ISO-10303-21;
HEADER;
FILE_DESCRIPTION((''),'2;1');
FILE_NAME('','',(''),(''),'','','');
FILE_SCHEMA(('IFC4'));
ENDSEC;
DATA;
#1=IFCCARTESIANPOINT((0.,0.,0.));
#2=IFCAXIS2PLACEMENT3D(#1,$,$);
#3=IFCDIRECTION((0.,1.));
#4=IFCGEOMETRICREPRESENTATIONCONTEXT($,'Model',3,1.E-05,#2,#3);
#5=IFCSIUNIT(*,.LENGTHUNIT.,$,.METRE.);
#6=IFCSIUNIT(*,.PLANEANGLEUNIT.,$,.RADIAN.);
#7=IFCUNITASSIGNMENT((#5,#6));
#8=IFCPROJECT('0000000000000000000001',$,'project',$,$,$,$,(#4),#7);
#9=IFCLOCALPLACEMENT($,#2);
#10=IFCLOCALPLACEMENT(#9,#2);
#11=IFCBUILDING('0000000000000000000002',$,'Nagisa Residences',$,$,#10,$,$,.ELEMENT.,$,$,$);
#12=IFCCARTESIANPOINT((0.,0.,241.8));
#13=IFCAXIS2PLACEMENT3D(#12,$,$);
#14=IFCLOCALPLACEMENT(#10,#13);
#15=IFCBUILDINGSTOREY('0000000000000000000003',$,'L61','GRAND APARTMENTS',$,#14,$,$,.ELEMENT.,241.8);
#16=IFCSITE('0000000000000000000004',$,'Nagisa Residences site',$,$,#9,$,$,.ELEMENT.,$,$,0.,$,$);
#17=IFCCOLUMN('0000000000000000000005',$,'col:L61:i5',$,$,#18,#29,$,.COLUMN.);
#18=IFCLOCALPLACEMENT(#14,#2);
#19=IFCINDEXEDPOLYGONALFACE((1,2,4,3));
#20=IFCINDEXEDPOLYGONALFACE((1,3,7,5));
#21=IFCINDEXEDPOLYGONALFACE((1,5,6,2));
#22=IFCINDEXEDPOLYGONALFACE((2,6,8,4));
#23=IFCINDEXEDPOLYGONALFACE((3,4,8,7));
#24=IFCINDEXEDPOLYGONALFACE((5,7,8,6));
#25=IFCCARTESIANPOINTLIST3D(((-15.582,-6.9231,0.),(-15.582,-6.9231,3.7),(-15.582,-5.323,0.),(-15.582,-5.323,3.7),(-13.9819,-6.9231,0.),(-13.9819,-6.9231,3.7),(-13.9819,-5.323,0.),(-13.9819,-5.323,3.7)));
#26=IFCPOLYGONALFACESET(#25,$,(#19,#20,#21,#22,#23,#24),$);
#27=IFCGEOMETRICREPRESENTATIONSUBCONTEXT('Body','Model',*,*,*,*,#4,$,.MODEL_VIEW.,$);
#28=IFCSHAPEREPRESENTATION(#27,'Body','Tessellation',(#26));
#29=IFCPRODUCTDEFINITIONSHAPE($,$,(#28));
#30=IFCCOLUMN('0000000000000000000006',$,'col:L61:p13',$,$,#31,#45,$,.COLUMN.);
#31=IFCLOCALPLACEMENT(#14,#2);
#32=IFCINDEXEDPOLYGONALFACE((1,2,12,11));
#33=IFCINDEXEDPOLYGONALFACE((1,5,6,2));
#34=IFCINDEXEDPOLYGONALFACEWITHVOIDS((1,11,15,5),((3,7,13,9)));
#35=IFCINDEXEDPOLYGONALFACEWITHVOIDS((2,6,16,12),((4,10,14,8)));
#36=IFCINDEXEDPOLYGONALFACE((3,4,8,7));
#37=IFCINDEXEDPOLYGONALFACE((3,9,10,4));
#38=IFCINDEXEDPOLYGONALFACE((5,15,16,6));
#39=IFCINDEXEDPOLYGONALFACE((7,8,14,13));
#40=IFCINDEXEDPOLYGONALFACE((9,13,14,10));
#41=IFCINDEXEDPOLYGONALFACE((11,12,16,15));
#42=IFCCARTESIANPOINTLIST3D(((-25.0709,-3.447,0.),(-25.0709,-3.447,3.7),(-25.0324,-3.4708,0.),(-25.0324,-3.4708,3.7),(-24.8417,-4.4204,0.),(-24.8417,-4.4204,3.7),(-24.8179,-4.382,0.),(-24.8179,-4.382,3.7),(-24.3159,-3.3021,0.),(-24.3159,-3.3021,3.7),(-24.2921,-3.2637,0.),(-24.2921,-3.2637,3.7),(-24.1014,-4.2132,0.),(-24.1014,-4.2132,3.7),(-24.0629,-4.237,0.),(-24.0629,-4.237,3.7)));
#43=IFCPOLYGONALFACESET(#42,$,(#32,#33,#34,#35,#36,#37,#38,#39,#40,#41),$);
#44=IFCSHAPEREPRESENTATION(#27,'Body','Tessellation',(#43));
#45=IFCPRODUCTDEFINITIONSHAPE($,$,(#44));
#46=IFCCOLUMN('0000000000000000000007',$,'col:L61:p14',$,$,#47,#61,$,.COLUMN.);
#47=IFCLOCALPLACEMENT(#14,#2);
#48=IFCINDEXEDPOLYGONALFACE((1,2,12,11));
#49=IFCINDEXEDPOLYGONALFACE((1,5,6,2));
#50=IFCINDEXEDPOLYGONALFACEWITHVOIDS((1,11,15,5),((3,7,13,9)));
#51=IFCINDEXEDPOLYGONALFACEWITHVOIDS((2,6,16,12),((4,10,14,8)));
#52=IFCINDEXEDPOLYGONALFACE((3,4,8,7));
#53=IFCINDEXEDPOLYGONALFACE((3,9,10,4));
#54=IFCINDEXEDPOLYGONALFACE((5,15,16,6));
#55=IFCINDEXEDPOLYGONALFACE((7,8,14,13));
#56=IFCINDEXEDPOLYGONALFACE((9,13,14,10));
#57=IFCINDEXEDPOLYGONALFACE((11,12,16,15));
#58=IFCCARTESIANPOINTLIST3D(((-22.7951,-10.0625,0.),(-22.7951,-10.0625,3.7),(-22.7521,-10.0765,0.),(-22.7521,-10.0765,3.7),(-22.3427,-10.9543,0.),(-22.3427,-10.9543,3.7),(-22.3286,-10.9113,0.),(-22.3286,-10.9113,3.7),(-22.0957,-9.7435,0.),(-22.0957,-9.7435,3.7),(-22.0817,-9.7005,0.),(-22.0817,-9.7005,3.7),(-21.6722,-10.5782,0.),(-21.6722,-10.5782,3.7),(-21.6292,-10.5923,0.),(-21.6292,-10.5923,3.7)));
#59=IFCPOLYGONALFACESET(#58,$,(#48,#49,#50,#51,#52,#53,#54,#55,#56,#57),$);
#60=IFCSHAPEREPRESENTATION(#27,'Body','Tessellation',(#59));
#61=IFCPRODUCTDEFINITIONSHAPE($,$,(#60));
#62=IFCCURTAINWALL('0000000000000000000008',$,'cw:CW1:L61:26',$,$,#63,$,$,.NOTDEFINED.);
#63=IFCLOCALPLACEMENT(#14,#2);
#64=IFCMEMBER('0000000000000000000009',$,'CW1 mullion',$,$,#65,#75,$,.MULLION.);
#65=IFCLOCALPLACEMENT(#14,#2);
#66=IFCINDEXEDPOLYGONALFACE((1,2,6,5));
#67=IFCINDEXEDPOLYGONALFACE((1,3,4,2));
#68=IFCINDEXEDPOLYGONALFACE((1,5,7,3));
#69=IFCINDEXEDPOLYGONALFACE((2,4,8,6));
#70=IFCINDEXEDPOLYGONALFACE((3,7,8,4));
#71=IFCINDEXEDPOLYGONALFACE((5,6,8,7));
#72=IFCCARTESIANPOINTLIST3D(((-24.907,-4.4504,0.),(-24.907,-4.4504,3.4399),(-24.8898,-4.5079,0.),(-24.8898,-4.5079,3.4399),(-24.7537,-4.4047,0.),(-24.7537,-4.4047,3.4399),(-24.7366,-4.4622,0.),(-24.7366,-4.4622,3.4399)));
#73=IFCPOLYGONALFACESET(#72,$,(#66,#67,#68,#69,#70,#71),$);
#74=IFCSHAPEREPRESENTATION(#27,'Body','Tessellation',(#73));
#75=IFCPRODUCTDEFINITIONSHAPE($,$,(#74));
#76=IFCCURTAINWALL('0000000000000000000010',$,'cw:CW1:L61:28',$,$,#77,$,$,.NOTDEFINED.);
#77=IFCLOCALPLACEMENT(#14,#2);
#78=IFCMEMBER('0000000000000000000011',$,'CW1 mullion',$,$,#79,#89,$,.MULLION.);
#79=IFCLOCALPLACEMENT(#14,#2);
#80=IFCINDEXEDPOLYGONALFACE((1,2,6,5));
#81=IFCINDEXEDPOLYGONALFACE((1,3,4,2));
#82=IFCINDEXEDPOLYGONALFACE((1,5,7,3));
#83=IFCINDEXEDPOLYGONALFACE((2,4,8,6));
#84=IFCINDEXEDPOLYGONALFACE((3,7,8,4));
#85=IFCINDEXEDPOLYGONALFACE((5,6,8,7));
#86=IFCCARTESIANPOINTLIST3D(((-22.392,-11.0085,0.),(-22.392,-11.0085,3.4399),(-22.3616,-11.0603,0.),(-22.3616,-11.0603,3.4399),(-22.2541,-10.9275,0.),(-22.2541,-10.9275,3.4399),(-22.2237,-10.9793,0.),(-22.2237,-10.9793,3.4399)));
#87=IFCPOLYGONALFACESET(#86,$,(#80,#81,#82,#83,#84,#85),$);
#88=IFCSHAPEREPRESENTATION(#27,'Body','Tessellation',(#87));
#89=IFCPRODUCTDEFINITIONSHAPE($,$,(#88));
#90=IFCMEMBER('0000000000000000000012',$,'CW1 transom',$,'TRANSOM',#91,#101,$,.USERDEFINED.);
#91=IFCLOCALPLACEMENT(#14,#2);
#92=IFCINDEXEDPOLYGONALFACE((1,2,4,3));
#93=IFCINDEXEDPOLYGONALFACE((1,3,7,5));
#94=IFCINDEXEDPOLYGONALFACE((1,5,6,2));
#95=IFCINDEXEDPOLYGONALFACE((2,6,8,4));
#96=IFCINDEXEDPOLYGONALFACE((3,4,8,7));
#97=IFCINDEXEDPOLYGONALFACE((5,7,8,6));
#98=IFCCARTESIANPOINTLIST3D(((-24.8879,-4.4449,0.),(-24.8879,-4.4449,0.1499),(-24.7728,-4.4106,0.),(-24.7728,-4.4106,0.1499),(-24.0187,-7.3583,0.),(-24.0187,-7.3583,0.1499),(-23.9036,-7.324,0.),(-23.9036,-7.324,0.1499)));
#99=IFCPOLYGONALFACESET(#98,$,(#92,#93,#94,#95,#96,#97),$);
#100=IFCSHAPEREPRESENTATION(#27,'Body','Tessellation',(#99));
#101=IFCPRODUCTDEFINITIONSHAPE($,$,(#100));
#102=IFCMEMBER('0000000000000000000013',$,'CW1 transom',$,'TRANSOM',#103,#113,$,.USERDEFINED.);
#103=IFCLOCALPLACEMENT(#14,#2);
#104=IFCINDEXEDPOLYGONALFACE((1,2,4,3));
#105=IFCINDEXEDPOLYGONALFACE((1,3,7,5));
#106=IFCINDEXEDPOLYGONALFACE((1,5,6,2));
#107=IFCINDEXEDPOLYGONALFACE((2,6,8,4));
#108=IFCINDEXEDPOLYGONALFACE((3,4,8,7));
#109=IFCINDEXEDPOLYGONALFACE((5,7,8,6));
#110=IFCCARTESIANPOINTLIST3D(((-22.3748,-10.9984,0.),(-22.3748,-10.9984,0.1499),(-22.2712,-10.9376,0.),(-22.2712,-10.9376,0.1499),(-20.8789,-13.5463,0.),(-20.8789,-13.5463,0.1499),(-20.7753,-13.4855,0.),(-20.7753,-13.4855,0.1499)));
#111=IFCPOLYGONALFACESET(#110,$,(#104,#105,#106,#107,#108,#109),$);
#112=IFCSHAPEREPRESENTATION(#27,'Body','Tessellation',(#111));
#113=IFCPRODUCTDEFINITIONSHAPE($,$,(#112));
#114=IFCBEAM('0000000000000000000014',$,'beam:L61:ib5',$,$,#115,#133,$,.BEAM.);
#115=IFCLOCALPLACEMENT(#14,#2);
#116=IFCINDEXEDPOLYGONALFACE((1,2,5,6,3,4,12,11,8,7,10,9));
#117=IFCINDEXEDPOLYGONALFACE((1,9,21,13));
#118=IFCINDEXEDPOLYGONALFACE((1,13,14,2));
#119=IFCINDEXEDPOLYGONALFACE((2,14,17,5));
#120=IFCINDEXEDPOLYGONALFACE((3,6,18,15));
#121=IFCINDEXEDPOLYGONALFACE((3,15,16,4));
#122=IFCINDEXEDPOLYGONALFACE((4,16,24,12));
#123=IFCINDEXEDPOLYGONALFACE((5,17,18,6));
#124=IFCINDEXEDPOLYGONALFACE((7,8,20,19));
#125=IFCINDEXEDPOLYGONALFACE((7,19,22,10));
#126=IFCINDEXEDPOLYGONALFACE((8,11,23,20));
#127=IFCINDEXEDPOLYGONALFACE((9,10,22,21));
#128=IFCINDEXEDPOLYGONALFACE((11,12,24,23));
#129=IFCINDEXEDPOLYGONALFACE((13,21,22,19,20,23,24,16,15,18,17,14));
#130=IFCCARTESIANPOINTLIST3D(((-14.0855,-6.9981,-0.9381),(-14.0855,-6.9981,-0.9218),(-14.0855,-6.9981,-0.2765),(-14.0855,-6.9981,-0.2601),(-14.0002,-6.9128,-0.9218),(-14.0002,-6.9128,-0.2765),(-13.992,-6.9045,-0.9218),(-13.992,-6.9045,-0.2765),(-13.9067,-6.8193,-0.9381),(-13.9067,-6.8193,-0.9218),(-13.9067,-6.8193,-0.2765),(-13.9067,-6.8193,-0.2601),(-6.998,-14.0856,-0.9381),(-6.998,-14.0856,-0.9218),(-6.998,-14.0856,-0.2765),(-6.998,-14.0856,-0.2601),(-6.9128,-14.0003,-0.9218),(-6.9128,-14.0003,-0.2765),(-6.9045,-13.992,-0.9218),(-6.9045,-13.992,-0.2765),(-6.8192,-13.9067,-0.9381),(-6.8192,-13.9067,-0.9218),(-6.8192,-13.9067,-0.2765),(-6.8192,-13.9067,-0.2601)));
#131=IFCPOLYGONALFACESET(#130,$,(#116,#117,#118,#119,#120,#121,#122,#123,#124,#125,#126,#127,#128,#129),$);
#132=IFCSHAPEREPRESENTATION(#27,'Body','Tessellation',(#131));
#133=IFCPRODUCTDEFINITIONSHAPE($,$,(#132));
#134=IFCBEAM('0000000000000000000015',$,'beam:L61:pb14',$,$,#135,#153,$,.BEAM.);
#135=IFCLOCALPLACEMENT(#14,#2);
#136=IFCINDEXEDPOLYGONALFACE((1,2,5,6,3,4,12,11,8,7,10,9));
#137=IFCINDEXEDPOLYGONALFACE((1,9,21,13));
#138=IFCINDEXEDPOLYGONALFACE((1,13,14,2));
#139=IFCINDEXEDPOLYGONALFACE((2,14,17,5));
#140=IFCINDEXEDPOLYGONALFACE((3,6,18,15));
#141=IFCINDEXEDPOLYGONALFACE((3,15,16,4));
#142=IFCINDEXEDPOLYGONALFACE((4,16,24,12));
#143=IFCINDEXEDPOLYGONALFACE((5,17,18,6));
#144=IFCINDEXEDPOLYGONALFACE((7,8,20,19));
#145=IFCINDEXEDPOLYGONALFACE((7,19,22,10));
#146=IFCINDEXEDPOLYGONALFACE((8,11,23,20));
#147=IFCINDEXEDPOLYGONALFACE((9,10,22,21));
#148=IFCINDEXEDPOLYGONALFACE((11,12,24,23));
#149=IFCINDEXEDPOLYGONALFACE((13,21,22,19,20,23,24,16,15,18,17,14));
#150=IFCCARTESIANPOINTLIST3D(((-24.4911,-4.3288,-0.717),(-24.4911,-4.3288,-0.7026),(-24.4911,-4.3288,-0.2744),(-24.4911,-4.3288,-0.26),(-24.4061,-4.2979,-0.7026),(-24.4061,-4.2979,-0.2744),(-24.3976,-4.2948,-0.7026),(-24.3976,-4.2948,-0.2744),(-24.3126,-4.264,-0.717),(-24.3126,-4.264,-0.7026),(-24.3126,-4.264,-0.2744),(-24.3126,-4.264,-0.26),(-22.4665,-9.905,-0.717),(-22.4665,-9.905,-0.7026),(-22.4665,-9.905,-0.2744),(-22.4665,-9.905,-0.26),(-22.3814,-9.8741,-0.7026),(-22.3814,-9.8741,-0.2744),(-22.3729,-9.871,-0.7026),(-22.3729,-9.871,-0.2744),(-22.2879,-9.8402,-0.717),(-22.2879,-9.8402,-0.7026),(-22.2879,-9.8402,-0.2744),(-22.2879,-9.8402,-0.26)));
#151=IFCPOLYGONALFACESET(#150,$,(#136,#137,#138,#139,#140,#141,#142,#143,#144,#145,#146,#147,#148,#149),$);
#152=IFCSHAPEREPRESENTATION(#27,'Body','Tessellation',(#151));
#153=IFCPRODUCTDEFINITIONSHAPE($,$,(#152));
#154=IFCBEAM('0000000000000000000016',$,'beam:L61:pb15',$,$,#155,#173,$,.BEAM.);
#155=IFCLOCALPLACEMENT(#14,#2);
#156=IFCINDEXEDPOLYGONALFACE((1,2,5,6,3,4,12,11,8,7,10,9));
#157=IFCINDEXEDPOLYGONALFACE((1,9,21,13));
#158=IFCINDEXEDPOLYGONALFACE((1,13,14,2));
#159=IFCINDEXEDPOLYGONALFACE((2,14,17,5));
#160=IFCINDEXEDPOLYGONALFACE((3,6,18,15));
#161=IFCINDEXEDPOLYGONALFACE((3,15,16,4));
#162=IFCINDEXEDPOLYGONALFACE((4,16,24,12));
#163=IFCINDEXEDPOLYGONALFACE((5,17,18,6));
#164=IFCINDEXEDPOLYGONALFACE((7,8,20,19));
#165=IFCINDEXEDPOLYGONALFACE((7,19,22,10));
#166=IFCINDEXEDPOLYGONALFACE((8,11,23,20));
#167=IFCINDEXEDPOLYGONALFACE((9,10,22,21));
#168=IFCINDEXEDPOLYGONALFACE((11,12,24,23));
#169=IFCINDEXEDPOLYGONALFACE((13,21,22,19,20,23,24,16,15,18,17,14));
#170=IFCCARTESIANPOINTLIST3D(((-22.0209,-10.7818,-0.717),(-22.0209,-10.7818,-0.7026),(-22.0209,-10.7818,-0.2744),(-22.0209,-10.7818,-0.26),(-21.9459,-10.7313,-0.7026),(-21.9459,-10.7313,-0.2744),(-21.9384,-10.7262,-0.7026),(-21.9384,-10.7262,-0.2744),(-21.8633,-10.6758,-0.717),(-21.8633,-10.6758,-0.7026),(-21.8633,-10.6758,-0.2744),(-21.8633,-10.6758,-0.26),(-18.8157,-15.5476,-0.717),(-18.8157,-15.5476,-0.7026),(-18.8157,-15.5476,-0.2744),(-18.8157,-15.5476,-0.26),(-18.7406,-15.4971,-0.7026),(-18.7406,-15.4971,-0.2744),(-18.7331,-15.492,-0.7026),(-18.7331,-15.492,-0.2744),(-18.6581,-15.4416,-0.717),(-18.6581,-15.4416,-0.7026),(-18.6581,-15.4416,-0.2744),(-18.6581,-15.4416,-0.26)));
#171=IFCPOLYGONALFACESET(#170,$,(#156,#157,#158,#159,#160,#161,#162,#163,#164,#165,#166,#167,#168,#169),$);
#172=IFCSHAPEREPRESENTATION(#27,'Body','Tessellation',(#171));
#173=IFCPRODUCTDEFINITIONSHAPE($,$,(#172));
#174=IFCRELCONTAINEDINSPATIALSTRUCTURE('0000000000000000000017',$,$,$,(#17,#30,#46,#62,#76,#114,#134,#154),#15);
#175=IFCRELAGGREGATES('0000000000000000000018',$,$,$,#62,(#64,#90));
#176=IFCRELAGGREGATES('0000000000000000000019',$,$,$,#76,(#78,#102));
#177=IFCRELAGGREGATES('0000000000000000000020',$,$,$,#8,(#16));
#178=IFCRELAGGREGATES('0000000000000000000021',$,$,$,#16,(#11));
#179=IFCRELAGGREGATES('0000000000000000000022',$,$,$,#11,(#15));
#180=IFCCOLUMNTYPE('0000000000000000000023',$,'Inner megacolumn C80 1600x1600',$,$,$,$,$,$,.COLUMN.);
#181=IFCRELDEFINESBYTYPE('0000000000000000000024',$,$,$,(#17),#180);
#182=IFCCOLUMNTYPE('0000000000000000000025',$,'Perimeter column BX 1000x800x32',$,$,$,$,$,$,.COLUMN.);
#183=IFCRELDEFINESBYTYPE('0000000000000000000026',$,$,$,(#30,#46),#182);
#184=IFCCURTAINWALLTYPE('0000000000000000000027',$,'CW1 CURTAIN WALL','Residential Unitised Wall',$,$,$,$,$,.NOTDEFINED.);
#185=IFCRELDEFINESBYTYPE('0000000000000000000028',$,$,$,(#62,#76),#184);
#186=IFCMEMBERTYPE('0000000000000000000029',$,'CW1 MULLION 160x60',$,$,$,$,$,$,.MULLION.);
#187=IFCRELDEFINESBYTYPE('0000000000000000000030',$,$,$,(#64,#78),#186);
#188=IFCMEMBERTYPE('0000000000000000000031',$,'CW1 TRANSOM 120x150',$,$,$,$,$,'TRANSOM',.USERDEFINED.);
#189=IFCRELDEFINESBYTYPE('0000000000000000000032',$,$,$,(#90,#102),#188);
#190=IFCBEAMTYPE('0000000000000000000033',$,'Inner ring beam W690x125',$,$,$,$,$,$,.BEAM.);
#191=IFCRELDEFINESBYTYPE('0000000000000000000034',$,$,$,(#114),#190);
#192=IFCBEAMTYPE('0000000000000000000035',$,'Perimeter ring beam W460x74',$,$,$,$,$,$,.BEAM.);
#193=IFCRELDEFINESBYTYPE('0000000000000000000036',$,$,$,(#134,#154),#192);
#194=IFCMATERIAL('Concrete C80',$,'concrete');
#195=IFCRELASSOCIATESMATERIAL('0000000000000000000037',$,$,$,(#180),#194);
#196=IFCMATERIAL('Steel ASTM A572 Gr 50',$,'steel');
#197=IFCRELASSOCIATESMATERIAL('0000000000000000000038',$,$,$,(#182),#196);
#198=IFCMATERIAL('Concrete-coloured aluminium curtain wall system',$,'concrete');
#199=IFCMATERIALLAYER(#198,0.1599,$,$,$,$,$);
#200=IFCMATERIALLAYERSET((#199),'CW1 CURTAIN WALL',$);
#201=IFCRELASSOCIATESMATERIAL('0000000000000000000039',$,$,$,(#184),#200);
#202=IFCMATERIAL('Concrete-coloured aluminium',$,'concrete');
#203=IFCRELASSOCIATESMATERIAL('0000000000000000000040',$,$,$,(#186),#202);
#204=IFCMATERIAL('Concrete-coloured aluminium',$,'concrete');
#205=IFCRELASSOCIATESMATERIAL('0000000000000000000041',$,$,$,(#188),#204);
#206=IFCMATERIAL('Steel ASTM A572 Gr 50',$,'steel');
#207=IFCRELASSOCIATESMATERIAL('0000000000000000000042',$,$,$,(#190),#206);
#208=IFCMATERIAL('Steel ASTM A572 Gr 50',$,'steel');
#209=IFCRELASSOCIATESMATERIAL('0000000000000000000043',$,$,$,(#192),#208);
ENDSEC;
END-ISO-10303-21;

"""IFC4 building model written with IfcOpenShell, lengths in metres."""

from ifc_helpers import new_model, si_unit, direction, frame, origin, origin_2d, place, context, subcontext, project, spatial, rectangle, hollow_rectangle, i_section, extrude, material, layer, layer_set, material_profile, profile_set, type_object, element, aggregate, save


model = new_model("IFC4")

# Units and contexts
model_context = context("Model", 3, precision=1e-05, world=origin(), true_north=direction((0.0, 1.0)))
body_context = subcontext(model_context, "Body", "Model", "MODEL_VIEW")
ifc_project = project(units=[si_unit("LENGTHUNIT", "METRE"), si_unit("PLANEANGLEUNIT", "RADIAN")], contexts=[model_context])

# Site, building, storey
site_placement = place(None, origin())
site = spatial("IfcSite", under=ifc_project, at=site_placement, Name="Nagisa Residences site", CompositionType="ELEMENT", RefElevation=0.0)
building_placement = place(site_placement, origin())
building = spatial("IfcBuilding", under=site, at=building_placement, Name="Nagisa Residences", CompositionType="ELEMENT")
storey_placement = place(building_placement, frame((0.0, 0.0, 241.8)))
storey = spatial("IfcBuildingStorey", under=building, at=storey_placement, Name="L61", Description="GRAND APARTMENTS", CompositionType="ELEMENT", Elevation=241.8)

# Columns
ifc_material_1 = material(Name="Concrete C80", Category="concrete")
ifc_material_profile_1 = material_profile(ifc_material_1, rectangle(XDim=1.6001, YDim=1.6001, at=origin_2d()), Name="C80 1600x1600")
ifc_profile_set_1 = profile_set([ifc_material_profile_1], Name="Concrete C80")
column_type_1 = type_object("IfcColumnType", Name="Inner megacolumn C80 1600x1600", PredefinedType="COLUMN", material=ifc_profile_set_1)
column_placement = place(storey_placement, frame((-14.782, -6.123, 0.0), z_axis=(0.0, 0.0, 1.0), x_axis=(1.0, 0.0, 0.0)))
element("IfcColumn", 1, at=column_placement, inside=storey, type_object=column_type_1, Name="col:L61:i5", PredefinedType="COLUMN", context=body_context, shape_type="SweptSolid", body=[
    extrude(rectangle(XDim=1.6001, YDim=1.6001, at=origin_2d()), origin(), (0.0, 0.0, 1.0), 3.7),
])
ifc_material_2 = material(Name="Steel ASTM A572 Gr 50", Category="steel")
ifc_material_profile_2 = material_profile(ifc_material_2, hollow_rectangle(XDim=1.0, YDim=0.8, WallThickness=0.032, at=origin_2d()), Name="BX 1000x800x32")
ifc_profile_set_2 = profile_set([ifc_material_profile_2], Name="Steel ASTM A572 Gr 50")
column_type_2 = type_object("IfcColumnType", Name="Perimeter column BX 1000x800x32", PredefinedType="COLUMN", material=ifc_profile_set_2)
for number, where, z_axis, x_axis, name in (
    (2, (-24.5669, -3.842, 0.0), (0.0, 0.0, 1.0), (0.229202, -0.973379, 0.0), "col:L61:p13"),
    (3, (-22.2122, -10.3274, 0.0), (0.0, 0.0, 1.0), (0.452463, -0.891783, 0.0), "col:L61:p14"),
):
    element("IfcColumn", number, at=place(storey_placement, frame(where, z_axis=z_axis, x_axis=x_axis)), inside=storey, type_object=column_type_2, Name=name, PredefinedType="COLUMN", context=body_context, shape_type="SweptSolid", body=[
        extrude(hollow_rectangle(XDim=1.0, YDim=0.8, WallThickness=0.032, at=origin_2d()), origin(), (0.0, 0.0, 1.0), 3.7),
    ])

# Curtain walls, members
ifc_material_3 = material(Name="Concrete-coloured aluminium curtain wall system", Category="concrete")
ifc_layer_1 = layer(ifc_material_3, 0.1599)
ifc_layer_set_1 = layer_set([ifc_layer_1], Name="CW1 CURTAIN WALL")
curtain_wall_type = type_object("IfcCurtainWallType", Name="CW1 CURTAIN WALL", Description="Residential Unitised Wall", PredefinedType="NOTDEFINED", material=ifc_layer_set_1)
curtain_wall_1_placement = place(storey_placement, origin())
curtain_wall_1 = element("IfcCurtainWall", 4, at=curtain_wall_1_placement, inside=storey, type_object=curtain_wall_type, Name="cw:CW1:L61:26", PredefinedType="NOTDEFINED")
ifc_material_4 = material(Name="Concrete-coloured aluminium", Category="concrete")
ifc_material_profile_3 = material_profile(ifc_material_4, rectangle(XDim=0.1599, YDim=0.0601, at=origin_2d()), Name="CW1 MULLION 160x60")
ifc_profile_set_3 = profile_set([ifc_material_profile_3], Name="Concrete-coloured aluminium")
member_type_1 = type_object("IfcMemberType", Name="CW1 MULLION 160x60", PredefinedType="MULLION", material=ifc_profile_set_3)
member_1_placement = place(storey_placement, frame((-24.8218, -4.4563, 0.0), z_axis=(0.0, 0.0, 1.0), x_axis=(0.958271, 0.28586, 0.0)))
member_1 = element("IfcMember", 5, at=member_1_placement, type_object=member_type_1, Name="CW1 mullion", PredefinedType="MULLION", context=body_context, shape_type="SweptSolid", body=[
    extrude(rectangle(XDim=0.1599, YDim=0.0601, at=origin_2d()), origin(), (0.0, 0.0, 1.0), 3.4399),
])
curtain_wall_2_placement = place(storey_placement, origin())
curtain_wall_2 = element("IfcCurtainWall", 6, at=curtain_wall_2_placement, inside=storey, type_object=curtain_wall_type, Name="cw:CW1:L61:28", PredefinedType="NOTDEFINED")
member_2_placement = place(storey_placement, frame((-22.3079, -10.9939, 0.0), z_axis=(0.0, 0.0, 1.0), x_axis=(0.862329, 0.506349, 0.0)))
member_2 = element("IfcMember", 7, at=member_2_placement, type_object=member_type_1, Name="CW1 mullion", PredefinedType="MULLION", context=body_context, shape_type="SweptSolid", body=[
    extrude(rectangle(XDim=0.1599, YDim=0.0601, at=origin_2d()), origin(), (0.0, 0.0, 1.0), 3.4399),
])

# Members
ifc_material_5 = material(Name="Concrete-coloured aluminium", Category="concrete")
ifc_material_profile_4 = material_profile(ifc_material_5, rectangle(XDim=0.1201, YDim=0.1499, at=origin_2d()), Name="CW1 TRANSOM 120x150")
ifc_profile_set_4 = profile_set([ifc_material_profile_4], Name="Concrete-coloured aluminium")
member_type_2 = type_object("IfcMemberType", Name="CW1 TRANSOM 120x150", ElementType="TRANSOM", PredefinedType="USERDEFINED", material=ifc_profile_set_4)
member_3_placement = place(storey_placement, frame((-24.8303, -4.4277, 0.075), z_axis=(0.285881, -0.958265, 0.0), x_axis=(0.958265, 0.285881, 0.0)))
member_3 = element("IfcMember", 8, at=member_3_placement, type_object=member_type_2, Name="CW1 transom", ObjectType="TRANSOM", PredefinedType="USERDEFINED", context=body_context, shape_type="SweptSolid", body=[
    extrude(rectangle(XDim=0.1201, YDim=0.1499, at=origin_2d()), origin(), (0.0, 0.0, 1.0), 3.0403),
])
member_4_placement = place(storey_placement, frame((-22.323, -10.968, 0.075), z_axis=(0.506294, -0.862361, 0.0), x_axis=(0.862361, 0.506294, 0.0)))
member_4 = element("IfcMember", 9, at=member_4_placement, type_object=member_type_2, Name="CW1 transom", ObjectType="TRANSOM", PredefinedType="USERDEFINED", context=body_context, shape_type="SweptSolid", body=[
    extrude(rectangle(XDim=0.1201, YDim=0.1499, at=origin_2d()), origin(), (0.0, 0.0, 1.0), 2.9546),
])

# Beams
ifc_material_6 = material(Name="Steel ASTM A572 Gr 50", Category="steel")
ifc_material_profile_5 = material_profile(ifc_material_6, i_section(OverallWidth=0.2529, OverallDepth=0.678, WebThickness=0.0117, FlangeThickness=0.0164, at=origin_2d()), Name="W690x125")
ifc_profile_set_5 = profile_set([ifc_material_profile_5], Name="Steel ASTM A572 Gr 50")
beam_type_1 = type_object("IfcBeamType", Name="Inner ring beam W690x125", PredefinedType="BEAM", material=ifc_profile_set_5)
beam_1_placement = place(storey_placement, frame((-13.9961, -6.9087, -0.5991), z_axis=(0.707107, -0.707107, 0.0), x_axis=(0.707107, 0.707107, 0.0)))
element("IfcBeam", 10, at=beam_1_placement, inside=storey, type_object=beam_type_1, Name="beam:L61:ib5", PredefinedType="BEAM", context=body_context, shape_type="SweptSolid", body=[
    extrude(i_section(OverallWidth=0.2529, OverallDepth=0.678, WebThickness=0.0117, FlangeThickness=0.0164, at=origin_2d()), origin(), (0.0, 0.0, 1.0), 10.0232),
])
ifc_material_7 = material(Name="Steel ASTM A572 Gr 50", Category="steel")
ifc_material_profile_6 = material_profile(ifc_material_7, i_section(OverallWidth=0.1899, OverallDepth=0.457, WebThickness=0.009, FlangeThickness=0.0144, at=origin_2d()), Name="W460x74")
ifc_profile_set_6 = profile_set([ifc_material_profile_6], Name="Steel ASTM A572 Gr 50")
beam_type_2 = type_object("IfcBeamType", Name="Perimeter ring beam W460x74", PredefinedType="BEAM", material=ifc_profile_set_6)
beam_2_placement = place(storey_placement, frame((-24.4019, -4.2964, -0.4885), z_axis=(0.34129, -0.939958, 0.0), x_axis=(0.939958, 0.34129, 0.0)))
element("IfcBeam", 11, at=beam_2_placement, inside=storey, type_object=beam_type_2, Name="beam:L61:pb14", PredefinedType="BEAM", context=body_context, shape_type="SweptSolid", body=[
    extrude(i_section(OverallWidth=0.1899, OverallDepth=0.457, WebThickness=0.009, FlangeThickness=0.0144, at=origin_2d()), origin(), (0.0, 0.0, 1.0), 5.9324),
])
beam_3_placement = place(storey_placement, frame((-21.9421, -10.7288, -0.4885), z_axis=(0.55808, -0.829787, 0.0), x_axis=(0.829787, 0.55808, 0.0)))
element("IfcBeam", 12, at=beam_3_placement, inside=storey, type_object=beam_type_2, Name="beam:L61:pb15", PredefinedType="BEAM", context=body_context, shape_type="SweptSolid", body=[
    extrude(i_section(OverallWidth=0.1899, OverallDepth=0.457, WebThickness=0.009, FlangeThickness=0.0144, at=origin_2d()), origin(), (0.0, 0.0, 1.0), 5.7434),
])

aggregate(curtain_wall_1, [member_1, member_3])
aggregate(curtain_wall_2, [member_2, member_4])

save(model, "model.ifc")
